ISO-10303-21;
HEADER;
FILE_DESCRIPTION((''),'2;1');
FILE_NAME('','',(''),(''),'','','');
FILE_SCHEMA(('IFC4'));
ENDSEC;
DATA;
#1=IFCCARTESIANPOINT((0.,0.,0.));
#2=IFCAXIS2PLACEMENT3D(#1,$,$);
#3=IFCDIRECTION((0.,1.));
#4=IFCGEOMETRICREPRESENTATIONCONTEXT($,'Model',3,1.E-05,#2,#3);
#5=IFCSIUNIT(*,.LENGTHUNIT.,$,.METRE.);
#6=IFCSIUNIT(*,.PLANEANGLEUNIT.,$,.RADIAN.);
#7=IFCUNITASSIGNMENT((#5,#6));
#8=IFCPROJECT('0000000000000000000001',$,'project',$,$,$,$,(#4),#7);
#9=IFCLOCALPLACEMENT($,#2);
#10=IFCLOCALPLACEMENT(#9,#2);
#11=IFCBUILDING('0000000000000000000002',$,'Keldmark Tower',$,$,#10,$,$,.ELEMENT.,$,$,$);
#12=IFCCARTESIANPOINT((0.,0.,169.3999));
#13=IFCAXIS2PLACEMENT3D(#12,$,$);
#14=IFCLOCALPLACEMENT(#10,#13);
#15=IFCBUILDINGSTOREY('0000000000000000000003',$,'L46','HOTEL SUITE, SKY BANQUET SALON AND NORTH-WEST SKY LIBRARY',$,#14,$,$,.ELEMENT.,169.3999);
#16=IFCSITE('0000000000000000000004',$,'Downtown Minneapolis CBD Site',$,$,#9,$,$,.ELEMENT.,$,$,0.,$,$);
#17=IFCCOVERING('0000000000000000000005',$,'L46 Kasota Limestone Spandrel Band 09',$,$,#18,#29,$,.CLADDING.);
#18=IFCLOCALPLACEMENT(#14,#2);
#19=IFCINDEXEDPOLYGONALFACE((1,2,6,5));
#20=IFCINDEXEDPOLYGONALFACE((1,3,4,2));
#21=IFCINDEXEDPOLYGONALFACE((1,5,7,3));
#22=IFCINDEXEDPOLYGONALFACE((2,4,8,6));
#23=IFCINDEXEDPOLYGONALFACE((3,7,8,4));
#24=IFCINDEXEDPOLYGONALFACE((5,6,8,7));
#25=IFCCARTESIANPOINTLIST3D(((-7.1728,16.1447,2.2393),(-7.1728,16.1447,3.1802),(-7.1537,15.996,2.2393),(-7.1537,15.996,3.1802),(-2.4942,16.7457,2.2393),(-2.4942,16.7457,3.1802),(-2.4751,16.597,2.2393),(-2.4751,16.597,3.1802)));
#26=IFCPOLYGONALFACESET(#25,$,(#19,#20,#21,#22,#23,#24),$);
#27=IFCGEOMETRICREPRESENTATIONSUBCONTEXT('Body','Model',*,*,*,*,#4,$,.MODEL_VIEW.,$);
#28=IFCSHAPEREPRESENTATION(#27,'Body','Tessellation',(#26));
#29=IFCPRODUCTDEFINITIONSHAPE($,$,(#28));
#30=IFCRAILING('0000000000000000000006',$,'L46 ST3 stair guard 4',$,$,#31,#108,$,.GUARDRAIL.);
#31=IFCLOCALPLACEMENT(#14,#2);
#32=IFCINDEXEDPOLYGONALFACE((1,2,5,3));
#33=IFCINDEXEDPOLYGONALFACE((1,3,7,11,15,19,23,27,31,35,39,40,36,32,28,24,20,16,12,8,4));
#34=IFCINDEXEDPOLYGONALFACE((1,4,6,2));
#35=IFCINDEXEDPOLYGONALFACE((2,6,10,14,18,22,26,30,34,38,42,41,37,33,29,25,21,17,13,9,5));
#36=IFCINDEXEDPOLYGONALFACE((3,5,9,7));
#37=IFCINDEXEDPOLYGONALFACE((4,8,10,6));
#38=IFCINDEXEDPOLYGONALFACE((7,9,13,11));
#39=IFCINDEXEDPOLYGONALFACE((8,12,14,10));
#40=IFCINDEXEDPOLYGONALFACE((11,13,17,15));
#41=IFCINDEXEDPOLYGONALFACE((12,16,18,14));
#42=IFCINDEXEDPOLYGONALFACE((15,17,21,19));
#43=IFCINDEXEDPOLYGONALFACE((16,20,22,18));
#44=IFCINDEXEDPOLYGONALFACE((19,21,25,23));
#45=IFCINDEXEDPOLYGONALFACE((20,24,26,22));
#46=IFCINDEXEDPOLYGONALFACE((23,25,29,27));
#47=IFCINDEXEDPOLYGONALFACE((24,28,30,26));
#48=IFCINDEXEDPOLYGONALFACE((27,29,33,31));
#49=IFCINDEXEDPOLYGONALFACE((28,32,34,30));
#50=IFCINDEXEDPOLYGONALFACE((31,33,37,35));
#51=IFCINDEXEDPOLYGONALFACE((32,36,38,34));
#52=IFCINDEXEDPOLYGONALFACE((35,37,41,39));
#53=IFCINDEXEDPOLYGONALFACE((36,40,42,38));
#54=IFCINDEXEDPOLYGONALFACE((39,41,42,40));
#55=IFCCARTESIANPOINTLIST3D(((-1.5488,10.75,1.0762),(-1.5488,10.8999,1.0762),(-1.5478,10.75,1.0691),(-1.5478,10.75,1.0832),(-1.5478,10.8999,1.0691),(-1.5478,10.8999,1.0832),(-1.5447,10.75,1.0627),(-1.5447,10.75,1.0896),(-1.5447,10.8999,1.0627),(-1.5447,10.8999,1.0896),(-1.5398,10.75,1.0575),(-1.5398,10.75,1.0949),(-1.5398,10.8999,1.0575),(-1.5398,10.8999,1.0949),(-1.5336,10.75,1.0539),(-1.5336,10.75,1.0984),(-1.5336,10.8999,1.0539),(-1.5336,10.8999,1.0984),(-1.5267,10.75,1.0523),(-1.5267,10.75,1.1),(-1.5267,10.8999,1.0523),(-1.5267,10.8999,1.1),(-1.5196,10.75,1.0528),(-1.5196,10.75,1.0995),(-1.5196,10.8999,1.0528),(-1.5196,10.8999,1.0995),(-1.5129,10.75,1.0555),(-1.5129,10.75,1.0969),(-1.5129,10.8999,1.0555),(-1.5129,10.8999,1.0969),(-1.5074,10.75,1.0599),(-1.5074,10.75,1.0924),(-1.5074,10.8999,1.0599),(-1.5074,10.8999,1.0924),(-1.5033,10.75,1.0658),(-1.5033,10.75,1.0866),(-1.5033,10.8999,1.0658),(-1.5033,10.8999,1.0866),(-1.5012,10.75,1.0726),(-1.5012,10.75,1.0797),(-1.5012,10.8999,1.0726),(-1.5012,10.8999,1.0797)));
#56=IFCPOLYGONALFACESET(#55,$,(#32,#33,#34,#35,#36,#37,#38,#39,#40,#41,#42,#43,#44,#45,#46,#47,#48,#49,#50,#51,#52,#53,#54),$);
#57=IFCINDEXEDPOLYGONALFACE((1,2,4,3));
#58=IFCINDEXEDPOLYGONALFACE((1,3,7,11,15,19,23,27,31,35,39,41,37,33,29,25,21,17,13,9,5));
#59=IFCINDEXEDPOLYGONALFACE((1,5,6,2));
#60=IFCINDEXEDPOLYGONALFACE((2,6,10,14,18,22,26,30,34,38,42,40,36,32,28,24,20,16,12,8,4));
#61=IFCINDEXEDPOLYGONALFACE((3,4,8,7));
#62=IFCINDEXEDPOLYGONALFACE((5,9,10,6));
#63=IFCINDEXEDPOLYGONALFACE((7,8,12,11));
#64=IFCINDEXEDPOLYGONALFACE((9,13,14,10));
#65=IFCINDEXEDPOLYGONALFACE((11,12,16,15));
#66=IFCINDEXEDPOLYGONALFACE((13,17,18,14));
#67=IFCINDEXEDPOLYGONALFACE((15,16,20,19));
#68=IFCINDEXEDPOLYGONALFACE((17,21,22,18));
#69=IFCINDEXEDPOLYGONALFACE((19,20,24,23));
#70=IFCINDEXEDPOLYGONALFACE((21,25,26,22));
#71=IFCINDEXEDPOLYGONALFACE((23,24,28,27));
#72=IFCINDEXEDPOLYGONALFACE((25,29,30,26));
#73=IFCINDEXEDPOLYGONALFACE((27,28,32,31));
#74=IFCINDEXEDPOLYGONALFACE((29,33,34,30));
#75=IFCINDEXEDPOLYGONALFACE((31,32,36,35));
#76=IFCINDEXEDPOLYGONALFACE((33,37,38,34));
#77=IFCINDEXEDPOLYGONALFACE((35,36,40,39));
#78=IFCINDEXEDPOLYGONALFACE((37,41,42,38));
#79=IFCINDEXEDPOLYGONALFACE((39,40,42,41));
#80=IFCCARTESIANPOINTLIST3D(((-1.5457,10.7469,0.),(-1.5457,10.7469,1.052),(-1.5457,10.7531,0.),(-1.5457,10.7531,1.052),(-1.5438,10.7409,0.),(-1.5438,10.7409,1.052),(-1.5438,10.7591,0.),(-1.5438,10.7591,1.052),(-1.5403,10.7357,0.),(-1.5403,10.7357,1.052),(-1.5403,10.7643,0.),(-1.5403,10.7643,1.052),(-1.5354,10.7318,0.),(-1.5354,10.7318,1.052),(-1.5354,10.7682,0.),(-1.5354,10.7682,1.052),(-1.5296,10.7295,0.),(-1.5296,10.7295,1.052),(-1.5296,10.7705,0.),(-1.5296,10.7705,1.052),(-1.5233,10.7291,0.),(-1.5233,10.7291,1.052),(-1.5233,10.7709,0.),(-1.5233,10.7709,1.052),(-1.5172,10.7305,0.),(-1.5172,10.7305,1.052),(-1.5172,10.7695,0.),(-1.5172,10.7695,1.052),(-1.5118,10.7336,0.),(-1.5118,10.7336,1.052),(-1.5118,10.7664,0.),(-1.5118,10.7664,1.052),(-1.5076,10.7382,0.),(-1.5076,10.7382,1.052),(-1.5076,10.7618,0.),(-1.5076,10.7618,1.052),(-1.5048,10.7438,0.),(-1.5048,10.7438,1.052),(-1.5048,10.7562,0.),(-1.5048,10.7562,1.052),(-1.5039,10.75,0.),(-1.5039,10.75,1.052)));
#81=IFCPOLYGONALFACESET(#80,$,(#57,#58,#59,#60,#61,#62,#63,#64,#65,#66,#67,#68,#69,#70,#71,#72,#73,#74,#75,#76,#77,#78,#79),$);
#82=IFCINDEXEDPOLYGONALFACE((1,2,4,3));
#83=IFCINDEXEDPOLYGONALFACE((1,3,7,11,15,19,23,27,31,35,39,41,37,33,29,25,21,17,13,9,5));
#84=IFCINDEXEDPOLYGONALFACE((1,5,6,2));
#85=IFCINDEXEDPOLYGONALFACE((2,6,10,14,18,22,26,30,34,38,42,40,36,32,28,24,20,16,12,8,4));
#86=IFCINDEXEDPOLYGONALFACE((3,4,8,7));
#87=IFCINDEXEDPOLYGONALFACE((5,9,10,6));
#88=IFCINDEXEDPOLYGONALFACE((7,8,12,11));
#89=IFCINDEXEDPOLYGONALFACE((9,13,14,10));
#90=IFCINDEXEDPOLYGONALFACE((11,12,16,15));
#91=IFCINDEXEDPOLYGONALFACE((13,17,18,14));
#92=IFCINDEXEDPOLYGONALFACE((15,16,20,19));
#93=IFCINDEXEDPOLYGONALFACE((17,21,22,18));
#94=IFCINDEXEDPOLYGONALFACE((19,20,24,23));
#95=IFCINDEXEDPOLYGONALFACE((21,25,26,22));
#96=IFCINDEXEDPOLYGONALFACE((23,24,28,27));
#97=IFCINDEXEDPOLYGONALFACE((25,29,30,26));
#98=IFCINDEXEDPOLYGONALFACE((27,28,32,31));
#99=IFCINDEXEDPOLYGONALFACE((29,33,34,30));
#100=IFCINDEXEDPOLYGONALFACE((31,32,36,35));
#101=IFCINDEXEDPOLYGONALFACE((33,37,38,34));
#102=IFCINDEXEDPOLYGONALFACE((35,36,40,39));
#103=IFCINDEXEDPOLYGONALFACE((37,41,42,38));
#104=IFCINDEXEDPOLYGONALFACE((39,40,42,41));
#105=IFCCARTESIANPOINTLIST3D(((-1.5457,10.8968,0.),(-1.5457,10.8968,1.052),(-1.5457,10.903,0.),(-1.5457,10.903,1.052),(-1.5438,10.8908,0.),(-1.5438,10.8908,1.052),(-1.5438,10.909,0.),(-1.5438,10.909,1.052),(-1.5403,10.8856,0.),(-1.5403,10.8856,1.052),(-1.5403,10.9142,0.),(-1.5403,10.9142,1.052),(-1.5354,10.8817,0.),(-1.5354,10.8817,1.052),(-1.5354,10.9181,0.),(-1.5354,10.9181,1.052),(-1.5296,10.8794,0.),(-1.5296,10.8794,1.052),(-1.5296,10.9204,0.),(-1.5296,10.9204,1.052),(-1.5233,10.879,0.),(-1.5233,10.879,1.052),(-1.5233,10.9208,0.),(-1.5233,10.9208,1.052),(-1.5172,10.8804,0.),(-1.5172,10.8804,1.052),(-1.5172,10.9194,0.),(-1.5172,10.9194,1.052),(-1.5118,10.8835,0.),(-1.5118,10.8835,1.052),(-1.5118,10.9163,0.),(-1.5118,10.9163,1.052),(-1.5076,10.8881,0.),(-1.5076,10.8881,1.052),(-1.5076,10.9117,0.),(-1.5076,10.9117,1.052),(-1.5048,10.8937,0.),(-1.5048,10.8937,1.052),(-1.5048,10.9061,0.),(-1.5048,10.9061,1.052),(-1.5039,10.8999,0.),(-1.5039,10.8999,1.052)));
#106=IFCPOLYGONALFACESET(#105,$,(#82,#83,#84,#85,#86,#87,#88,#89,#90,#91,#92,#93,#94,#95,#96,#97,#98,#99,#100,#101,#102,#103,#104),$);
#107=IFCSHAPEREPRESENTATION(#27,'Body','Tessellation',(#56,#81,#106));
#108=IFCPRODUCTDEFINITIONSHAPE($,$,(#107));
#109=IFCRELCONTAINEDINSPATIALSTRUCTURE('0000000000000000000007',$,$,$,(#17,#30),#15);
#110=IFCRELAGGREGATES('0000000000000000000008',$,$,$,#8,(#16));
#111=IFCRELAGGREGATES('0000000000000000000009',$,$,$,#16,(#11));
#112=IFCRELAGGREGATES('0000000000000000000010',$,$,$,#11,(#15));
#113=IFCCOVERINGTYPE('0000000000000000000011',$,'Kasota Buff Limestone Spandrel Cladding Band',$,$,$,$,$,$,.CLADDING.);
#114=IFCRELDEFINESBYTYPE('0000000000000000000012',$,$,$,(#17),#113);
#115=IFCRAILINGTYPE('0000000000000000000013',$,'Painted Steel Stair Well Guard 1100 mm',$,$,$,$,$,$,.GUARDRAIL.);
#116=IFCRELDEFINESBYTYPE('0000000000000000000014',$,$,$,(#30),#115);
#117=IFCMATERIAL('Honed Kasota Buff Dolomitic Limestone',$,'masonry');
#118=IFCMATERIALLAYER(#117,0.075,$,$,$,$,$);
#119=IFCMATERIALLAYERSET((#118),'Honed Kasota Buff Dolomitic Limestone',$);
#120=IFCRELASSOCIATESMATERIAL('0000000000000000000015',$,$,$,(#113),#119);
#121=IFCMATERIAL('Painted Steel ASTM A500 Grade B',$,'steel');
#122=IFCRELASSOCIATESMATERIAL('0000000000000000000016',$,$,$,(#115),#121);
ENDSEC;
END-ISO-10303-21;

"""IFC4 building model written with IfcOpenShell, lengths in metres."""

from ifc_helpers import new_model, si_unit, direction, frame, origin, origin_2d, place, context, subcontext, project, spatial, rectangle, circle, extrude, material, layer, layer_set, type_object, element, save


model = new_model("IFC4")

# Units and contexts
model_context = context("Model", 3, precision=1e-05, world=origin(), true_north=direction((0.0, 1.0)))
body_context = subcontext(model_context, "Body", "Model", "MODEL_VIEW")
ifc_project = project(units=[si_unit("LENGTHUNIT", "METRE"), si_unit("PLANEANGLEUNIT", "RADIAN")], contexts=[model_context])

# Site, building, storey
site_placement = place(None, origin())
site = spatial("IfcSite", under=ifc_project, at=site_placement, Name="Downtown Minneapolis CBD Site", CompositionType="ELEMENT", RefElevation=0.0)
building_placement = place(site_placement, origin())
building = spatial("IfcBuilding", under=site, at=building_placement, Name="Keldmark Tower", CompositionType="ELEMENT")
storey_placement = place(building_placement, frame((0.0, 0.0, 169.3999)))
storey = spatial("IfcBuildingStorey", under=building, at=storey_placement, Name="L46", Description="HOTEL SUITE, SKY BANQUET SALON AND NORTH-WEST SKY LIBRARY", CompositionType="ELEMENT", Elevation=169.3999)

# Covering
ifc_material_1 = material(Name="Honed Kasota Buff Dolomitic Limestone", Category="masonry")
ifc_layer_1 = layer(ifc_material_1, 0.075)
ifc_layer_set_1 = layer_set([ifc_layer_1], Name="Honed Kasota Buff Dolomitic Limestone")
covering_type = type_object("IfcCoveringType", Name="Kasota Buff Limestone Spandrel Cladding Band", PredefinedType="CLADDING", material=ifc_layer_set_1)
covering_placement = place(storey_placement, frame((-4.824, 16.3708, 2.2393), z_axis=(0.0, 0.0, 1.0), x_axis=(-0.99185, -0.127411, 0.0)))
element("IfcCovering", 1, at=covering_placement, inside=storey, type_object=covering_type, Name="L46 Kasota Limestone Spandrel Band 09", PredefinedType="CLADDING", context=body_context, shape_type="SweptSolid", body=[
    extrude(rectangle(XDim=4.717, YDim=0.1499, at=origin_2d()), origin(), (0.0, 0.0, 1.0), 0.9409),
])

# Railing
ifc_material_2 = material(Name="Painted Steel ASTM A500 Grade B", Category="steel")
railing_type = type_object("IfcRailingType", Name="Painted Steel Stair Well Guard 1100 mm", PredefinedType="GUARDRAIL", material=ifc_material_2)
railing_placement = place(storey_placement, frame((-1.5249, 10.75, 0.0)))
element("IfcRailing", 2, at=railing_placement, inside=storey, type_object=railing_type, Name="L46 ST3 stair guard 4", PredefinedType="GUARDRAIL", context=body_context, shape_type="SweptSolid", body=[
    extrude(circle(Radius=0.0239, at=origin_2d()), frame((0.0, 0.0, 1.0762), z_axis=(0.0, 1.0, 0.0), x_axis=(-1.0, 0.0, 0.0)), (0.0, 0.0, 1.0), 0.1499),
    extrude(circle(Radius=0.021, at=origin_2d()), origin(), (0.0, 0.0, 1.0), 1.052),
    extrude(circle(Radius=0.021, at=origin_2d()), frame((0.0, 0.1499, 0.0)), (0.0, 0.0, 1.0), 1.052),
])

save(model, "model.ifc")
